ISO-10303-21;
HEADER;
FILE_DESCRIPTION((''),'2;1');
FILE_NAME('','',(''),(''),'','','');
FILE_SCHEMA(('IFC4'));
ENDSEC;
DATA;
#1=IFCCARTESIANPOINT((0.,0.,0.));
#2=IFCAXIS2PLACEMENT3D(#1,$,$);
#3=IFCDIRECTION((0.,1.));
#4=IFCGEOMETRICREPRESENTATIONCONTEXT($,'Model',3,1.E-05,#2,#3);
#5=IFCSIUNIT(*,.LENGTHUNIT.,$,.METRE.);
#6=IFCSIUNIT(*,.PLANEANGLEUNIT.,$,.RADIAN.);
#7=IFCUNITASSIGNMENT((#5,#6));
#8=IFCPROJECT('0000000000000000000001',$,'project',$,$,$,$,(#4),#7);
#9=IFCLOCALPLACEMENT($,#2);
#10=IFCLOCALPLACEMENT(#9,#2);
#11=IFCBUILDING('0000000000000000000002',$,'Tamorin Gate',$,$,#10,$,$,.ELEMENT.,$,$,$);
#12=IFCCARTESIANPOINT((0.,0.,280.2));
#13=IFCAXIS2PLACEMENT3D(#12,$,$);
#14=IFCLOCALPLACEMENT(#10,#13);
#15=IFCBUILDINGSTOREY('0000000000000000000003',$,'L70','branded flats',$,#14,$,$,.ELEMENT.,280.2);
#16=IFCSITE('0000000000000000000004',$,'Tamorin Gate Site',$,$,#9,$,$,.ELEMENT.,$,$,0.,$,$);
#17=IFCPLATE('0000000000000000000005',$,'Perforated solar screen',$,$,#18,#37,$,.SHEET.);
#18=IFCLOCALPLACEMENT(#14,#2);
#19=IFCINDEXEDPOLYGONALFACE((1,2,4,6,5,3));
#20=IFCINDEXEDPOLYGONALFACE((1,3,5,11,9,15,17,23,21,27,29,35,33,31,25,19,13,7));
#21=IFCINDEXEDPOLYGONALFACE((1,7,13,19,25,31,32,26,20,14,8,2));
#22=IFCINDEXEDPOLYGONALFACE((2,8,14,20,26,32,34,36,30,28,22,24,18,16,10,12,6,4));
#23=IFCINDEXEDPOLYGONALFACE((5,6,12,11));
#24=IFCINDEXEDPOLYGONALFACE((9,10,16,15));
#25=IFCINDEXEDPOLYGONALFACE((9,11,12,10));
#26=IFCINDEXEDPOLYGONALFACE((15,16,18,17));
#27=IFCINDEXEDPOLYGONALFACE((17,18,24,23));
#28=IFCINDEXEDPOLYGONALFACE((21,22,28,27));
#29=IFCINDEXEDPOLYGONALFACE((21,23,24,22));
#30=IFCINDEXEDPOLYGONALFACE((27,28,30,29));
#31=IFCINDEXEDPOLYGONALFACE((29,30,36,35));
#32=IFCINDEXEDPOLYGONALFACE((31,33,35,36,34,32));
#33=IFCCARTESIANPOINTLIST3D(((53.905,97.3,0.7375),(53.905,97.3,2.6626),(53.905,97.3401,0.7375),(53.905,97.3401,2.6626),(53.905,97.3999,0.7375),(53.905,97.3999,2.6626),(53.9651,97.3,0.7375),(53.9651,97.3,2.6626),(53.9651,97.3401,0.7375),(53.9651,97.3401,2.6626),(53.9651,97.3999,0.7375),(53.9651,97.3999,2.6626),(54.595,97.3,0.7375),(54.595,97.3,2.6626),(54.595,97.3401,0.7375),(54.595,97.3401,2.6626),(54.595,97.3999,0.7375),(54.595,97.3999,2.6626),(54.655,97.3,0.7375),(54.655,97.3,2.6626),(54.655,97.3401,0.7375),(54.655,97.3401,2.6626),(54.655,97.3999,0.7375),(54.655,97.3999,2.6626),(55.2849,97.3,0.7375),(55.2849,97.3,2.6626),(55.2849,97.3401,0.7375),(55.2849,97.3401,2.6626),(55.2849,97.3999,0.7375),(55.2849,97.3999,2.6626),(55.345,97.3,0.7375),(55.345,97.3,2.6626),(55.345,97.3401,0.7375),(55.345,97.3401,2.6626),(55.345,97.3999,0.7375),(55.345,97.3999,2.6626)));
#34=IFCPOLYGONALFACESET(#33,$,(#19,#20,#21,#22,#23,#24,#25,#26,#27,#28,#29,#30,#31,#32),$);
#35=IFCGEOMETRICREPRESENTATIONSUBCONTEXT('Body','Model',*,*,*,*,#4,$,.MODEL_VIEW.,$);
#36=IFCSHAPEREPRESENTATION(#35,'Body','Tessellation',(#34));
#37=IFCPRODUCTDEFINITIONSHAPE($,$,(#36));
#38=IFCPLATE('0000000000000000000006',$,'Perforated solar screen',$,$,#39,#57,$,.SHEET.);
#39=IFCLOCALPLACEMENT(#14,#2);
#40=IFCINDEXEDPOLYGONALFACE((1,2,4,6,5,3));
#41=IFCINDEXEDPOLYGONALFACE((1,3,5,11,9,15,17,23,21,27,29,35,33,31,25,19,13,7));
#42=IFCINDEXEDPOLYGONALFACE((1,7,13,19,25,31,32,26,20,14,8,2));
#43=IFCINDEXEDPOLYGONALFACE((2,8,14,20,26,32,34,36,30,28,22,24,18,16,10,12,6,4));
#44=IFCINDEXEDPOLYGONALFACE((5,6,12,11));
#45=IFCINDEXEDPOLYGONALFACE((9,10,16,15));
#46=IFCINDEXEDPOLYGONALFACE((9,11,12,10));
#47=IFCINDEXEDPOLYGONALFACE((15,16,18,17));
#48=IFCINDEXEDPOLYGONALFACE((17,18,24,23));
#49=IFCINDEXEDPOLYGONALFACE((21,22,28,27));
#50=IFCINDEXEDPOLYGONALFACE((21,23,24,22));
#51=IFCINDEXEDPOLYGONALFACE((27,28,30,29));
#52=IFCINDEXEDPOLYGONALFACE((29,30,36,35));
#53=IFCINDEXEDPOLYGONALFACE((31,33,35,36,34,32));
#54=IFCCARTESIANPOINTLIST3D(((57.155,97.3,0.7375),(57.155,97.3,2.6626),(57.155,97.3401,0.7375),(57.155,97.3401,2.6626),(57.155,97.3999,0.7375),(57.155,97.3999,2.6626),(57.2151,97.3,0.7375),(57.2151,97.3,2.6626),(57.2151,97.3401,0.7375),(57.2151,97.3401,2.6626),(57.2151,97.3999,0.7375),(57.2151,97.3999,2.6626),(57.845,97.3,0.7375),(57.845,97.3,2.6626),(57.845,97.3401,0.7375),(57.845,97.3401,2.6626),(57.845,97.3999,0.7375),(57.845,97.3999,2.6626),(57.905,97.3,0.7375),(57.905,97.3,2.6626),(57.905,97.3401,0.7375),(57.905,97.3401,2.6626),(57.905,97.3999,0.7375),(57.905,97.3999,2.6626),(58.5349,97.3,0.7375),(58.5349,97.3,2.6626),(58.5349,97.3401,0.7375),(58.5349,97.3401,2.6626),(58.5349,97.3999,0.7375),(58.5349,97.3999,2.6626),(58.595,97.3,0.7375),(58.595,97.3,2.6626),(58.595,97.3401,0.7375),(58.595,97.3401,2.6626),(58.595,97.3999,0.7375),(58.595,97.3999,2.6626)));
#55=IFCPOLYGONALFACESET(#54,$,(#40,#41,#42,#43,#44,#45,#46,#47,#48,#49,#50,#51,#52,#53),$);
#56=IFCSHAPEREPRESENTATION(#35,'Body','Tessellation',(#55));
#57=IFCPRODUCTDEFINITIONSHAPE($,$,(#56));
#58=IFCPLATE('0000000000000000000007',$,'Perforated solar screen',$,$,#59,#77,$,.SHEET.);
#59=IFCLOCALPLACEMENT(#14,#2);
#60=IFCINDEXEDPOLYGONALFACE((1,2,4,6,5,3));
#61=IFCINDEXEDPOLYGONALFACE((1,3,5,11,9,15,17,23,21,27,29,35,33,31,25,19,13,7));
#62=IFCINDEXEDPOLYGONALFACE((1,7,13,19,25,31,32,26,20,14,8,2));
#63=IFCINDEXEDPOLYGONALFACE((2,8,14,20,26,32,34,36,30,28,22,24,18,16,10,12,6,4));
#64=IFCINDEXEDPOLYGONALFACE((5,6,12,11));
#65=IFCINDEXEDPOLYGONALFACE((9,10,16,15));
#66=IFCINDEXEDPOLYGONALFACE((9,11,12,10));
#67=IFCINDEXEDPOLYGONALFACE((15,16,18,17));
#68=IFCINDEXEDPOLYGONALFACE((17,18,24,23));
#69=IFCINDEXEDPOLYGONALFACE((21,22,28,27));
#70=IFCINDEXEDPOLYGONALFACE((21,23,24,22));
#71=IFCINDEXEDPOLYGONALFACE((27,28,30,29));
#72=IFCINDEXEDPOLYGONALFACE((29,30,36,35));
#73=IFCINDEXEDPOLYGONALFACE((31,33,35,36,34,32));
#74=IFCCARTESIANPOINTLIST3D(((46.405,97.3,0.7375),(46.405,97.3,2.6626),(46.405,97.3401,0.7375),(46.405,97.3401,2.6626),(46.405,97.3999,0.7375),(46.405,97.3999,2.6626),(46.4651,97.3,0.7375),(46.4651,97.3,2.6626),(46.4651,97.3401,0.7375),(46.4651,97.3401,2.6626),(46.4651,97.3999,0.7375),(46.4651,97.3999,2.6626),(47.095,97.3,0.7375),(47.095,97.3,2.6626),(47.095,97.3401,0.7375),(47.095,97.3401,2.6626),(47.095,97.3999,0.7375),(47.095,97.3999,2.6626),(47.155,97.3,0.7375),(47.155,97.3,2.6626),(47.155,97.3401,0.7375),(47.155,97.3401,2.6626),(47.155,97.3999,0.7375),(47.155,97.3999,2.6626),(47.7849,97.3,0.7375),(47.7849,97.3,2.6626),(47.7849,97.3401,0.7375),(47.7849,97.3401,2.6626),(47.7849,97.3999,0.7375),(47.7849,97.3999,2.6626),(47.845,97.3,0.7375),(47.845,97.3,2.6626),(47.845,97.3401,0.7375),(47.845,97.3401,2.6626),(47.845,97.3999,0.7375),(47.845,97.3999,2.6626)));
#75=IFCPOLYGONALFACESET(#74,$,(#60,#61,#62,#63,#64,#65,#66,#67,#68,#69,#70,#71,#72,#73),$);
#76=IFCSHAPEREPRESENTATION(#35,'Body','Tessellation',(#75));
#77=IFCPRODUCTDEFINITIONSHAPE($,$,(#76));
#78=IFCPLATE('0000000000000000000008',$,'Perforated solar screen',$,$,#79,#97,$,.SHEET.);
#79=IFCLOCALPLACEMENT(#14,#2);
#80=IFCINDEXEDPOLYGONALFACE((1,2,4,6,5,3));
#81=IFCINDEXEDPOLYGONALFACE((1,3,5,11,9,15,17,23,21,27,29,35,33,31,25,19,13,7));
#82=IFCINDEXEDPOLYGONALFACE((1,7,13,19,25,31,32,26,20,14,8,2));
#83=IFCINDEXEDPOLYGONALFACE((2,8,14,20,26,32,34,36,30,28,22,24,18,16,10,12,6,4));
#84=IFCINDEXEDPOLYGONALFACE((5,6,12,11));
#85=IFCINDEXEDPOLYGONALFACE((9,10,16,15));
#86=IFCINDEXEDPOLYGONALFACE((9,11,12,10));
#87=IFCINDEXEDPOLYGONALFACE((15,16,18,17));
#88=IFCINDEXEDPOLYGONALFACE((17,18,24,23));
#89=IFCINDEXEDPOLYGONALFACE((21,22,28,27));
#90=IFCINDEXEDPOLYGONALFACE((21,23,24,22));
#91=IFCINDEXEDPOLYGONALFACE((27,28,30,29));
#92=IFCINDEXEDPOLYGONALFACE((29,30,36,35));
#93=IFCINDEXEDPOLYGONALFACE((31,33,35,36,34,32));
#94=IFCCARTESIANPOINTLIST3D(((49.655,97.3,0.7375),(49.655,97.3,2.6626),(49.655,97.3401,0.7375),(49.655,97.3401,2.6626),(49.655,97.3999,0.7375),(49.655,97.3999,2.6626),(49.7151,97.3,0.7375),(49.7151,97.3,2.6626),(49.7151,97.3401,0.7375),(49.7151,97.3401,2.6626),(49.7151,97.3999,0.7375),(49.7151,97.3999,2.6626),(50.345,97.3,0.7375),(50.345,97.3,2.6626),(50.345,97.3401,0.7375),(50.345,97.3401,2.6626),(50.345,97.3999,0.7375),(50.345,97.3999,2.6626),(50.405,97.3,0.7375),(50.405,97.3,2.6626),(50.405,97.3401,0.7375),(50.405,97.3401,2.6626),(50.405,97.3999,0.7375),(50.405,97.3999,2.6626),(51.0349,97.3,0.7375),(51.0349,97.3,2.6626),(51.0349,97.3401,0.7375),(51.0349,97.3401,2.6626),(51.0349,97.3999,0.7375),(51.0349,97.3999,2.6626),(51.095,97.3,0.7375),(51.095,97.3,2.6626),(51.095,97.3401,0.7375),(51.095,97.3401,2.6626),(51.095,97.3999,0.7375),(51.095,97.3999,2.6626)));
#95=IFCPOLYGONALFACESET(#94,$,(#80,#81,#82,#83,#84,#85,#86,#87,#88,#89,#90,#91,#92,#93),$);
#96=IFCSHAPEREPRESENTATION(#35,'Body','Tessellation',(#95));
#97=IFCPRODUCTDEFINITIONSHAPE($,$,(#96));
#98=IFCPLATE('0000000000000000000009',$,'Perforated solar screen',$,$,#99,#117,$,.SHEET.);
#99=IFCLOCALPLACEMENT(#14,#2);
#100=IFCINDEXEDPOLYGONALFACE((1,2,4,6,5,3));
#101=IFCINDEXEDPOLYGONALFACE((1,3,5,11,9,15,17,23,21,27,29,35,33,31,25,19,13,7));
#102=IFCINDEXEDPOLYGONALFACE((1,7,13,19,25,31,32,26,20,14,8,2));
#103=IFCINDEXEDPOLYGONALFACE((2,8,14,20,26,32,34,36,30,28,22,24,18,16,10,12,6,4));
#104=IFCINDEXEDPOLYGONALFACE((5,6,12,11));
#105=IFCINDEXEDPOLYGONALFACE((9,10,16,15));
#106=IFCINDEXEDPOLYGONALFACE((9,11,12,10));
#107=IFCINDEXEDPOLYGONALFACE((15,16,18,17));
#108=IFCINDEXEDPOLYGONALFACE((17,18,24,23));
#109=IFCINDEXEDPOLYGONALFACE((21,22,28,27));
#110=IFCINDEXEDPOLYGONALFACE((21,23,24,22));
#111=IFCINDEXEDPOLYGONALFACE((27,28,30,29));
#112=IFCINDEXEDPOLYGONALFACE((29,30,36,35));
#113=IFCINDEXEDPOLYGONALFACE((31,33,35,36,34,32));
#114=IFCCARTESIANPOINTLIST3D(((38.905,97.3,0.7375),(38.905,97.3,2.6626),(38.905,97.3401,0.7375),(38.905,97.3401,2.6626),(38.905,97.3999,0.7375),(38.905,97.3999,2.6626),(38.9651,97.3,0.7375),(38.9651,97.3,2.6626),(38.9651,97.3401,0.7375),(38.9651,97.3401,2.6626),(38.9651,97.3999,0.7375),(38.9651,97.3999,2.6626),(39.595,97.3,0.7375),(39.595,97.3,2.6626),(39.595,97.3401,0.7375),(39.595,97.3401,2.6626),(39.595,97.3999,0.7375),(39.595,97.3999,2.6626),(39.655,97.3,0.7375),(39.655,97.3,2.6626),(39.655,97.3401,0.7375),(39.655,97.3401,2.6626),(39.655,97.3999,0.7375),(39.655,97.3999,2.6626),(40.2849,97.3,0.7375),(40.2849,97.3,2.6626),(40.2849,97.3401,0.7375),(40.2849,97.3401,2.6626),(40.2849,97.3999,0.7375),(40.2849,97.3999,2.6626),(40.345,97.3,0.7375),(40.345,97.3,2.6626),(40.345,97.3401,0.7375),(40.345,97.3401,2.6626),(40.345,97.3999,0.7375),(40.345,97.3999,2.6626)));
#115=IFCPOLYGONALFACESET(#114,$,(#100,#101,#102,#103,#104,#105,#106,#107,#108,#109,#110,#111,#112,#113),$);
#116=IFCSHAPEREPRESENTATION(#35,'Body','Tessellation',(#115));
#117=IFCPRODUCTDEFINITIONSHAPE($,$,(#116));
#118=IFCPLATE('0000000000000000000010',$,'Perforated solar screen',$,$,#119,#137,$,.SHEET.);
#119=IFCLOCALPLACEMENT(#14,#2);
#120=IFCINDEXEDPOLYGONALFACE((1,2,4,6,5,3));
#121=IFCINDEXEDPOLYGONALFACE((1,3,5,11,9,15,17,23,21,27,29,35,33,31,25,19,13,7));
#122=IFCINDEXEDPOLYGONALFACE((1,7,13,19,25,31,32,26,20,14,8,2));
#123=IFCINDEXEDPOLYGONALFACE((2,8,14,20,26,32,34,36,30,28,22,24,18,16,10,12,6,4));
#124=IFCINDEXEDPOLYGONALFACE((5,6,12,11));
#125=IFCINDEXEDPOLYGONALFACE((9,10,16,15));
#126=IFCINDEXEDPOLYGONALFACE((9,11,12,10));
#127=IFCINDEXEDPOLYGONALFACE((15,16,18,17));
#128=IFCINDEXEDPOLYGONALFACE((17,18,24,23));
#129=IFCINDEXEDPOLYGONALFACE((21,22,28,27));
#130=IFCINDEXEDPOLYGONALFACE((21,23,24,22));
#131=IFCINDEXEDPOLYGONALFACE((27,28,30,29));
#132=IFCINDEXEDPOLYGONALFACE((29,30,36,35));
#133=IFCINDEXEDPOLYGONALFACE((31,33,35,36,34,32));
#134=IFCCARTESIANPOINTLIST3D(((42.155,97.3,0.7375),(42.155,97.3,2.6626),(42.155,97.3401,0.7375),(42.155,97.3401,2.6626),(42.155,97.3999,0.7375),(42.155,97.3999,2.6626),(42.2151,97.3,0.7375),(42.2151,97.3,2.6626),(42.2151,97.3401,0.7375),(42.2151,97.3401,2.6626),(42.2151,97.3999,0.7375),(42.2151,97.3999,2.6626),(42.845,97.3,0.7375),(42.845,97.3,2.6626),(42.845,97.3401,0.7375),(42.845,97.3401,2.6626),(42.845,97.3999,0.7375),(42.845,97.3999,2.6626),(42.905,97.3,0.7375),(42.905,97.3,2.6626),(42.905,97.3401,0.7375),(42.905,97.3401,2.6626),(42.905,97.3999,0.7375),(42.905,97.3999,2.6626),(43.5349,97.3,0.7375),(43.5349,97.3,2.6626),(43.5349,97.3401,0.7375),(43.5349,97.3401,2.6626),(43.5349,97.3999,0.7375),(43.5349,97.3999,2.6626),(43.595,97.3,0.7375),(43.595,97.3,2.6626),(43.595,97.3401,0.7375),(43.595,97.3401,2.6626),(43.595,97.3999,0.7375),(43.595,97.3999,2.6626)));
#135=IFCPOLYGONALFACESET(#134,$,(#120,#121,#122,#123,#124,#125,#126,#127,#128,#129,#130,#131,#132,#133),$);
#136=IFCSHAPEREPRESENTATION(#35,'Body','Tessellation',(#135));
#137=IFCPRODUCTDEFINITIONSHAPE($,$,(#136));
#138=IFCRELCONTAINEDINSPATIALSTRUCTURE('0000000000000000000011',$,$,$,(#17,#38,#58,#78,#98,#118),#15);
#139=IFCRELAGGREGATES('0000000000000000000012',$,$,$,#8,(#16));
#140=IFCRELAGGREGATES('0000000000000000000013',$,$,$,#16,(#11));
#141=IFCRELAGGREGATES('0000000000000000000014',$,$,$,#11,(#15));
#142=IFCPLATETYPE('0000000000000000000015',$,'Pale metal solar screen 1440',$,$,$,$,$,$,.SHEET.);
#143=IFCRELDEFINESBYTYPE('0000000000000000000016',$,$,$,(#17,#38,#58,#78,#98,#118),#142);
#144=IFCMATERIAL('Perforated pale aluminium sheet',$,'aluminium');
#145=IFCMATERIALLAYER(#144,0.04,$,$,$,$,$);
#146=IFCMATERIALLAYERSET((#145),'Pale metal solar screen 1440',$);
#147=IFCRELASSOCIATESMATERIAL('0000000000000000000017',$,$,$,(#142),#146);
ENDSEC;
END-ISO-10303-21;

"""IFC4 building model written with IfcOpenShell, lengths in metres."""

from ifc_helpers import new_model, si_unit, direction, frame, origin, place, context, subcontext, project, spatial, polyline, outline, extrude, material, layer, layer_set, type_object, element, save


model = new_model("IFC4")

# Units and contexts
model_context = context("Model", 3, precision=1e-05, world=origin(), true_north=direction((0.0, 1.0)))
body_context = subcontext(model_context, "Body", "Model", "MODEL_VIEW")
ifc_project = project(units=[si_unit("LENGTHUNIT", "METRE"), si_unit("PLANEANGLEUNIT", "RADIAN")], contexts=[model_context])

# Site, building, storey
site_placement = place(None, origin())
site = spatial("IfcSite", under=ifc_project, at=site_placement, Name="Tamorin Gate Site", CompositionType="ELEMENT", RefElevation=0.0)
building_placement = place(site_placement, origin())
building = spatial("IfcBuilding", under=site, at=building_placement, Name="Tamorin Gate", CompositionType="ELEMENT")
storey_placement = place(building_placement, frame((0.0, 0.0, 280.2)))
storey = spatial("IfcBuildingStorey", under=building, at=storey_placement, Name="L70", Description="branded flats", CompositionType="ELEMENT", Elevation=280.2)

# Plates
ifc_material_1 = material(Name="Perforated pale aluminium sheet", Category="aluminium")
ifc_layer_1 = layer(ifc_material_1, 0.04)
ifc_layer_set_1 = layer_set([ifc_layer_1], Name="Pale metal solar screen 1440")
plate_type = type_object("IfcPlateType", Name="Pale metal solar screen 1440", PredefinedType="SHEET", material=ifc_layer_set_1)
plate_1_placement = place(storey_placement, frame((0.0, 0.0, 0.7375)))
element("IfcPlate", 1, at=plate_1_placement, inside=storey, type_object=plate_type, Name="Perforated solar screen", PredefinedType="SHEET", context=body_context, shape_type="SweptSolid", body=[
    extrude(outline(polyline([(55.345, 97.3401), (55.345, 97.3), (55.2849, 97.3), (54.655, 97.3), (54.595, 97.3), (53.9651, 97.3), (53.905, 97.3), (53.905, 97.3401), (53.905, 97.3999), (53.9651, 97.3999), (53.9651, 97.3401), (54.595, 97.3401), (54.595, 97.3999), (54.655, 97.3999), (54.655, 97.3401), (55.2849, 97.3401), (55.2849, 97.3999), (55.345, 97.3999), (55.345, 97.3401)])), origin(), (0.0, 0.0, 1.0), 1.925),
])
plate_2_placement = place(storey_placement, frame((0.0, 0.0, 0.7375)))
element("IfcPlate", 2, at=plate_2_placement, inside=storey, type_object=plate_type, Name="Perforated solar screen", PredefinedType="SHEET", context=body_context, shape_type="SweptSolid", body=[
    extrude(outline(polyline([(58.595, 97.3401), (58.595, 97.3), (58.5349, 97.3), (57.905, 97.3), (57.845, 97.3), (57.2151, 97.3), (57.155, 97.3), (57.155, 97.3401), (57.155, 97.3999), (57.2151, 97.3999), (57.2151, 97.3401), (57.845, 97.3401), (57.845, 97.3999), (57.905, 97.3999), (57.905, 97.3401), (58.5349, 97.3401), (58.5349, 97.3999), (58.595, 97.3999), (58.595, 97.3401)])), origin(), (0.0, 0.0, 1.0), 1.925),
])
plate_3_placement = place(storey_placement, frame((0.0, 0.0, 0.7375)))
element("IfcPlate", 3, at=plate_3_placement, inside=storey, type_object=plate_type, Name="Perforated solar screen", PredefinedType="SHEET", context=body_context, shape_type="SweptSolid", body=[
    extrude(outline(polyline([(47.845, 97.3401), (47.845, 97.3), (47.7849, 97.3), (47.155, 97.3), (47.095, 97.3), (46.4651, 97.3), (46.405, 97.3), (46.405, 97.3401), (46.405, 97.3999), (46.4651, 97.3999), (46.4651, 97.3401), (47.095, 97.3401), (47.095, 97.3999), (47.155, 97.3999), (47.155, 97.3401), (47.7849, 97.3401), (47.7849, 97.3999), (47.845, 97.3999), (47.845, 97.3401)])), origin(), (0.0, 0.0, 1.0), 1.925),
])
plate_4_placement = place(storey_placement, frame((0.0, 0.0, 0.7375)))
element("IfcPlate", 4, at=plate_4_placement, inside=storey, type_object=plate_type, Name="Perforated solar screen", PredefinedType="SHEET", context=body_context, shape_type="SweptSolid", body=[
    extrude(outline(polyline([(51.095, 97.3401), (51.095, 97.3), (51.0349, 97.3), (50.405, 97.3), (50.345, 97.3), (49.7151, 97.3), (49.655, 97.3), (49.655, 97.3401), (49.655, 97.3999), (49.7151, 97.3999), (49.7151, 97.3401), (50.345, 97.3401), (50.345, 97.3999), (50.405, 97.3999), (50.405, 97.3401), (51.0349, 97.3401), (51.0349, 97.3999), (51.095, 97.3999), (51.095, 97.3401)])), origin(), (0.0, 0.0, 1.0), 1.925),
])
plate_5_placement = place(storey_placement, frame((0.0, 0.0, 0.7375)))
element("IfcPlate", 5, at=plate_5_placement, inside=storey, type_object=plate_type, Name="Perforated solar screen", PredefinedType="SHEET", context=body_context, shape_type="SweptSolid", body=[
    extrude(outline(polyline([(40.345, 97.3401), (40.345, 97.3), (40.2849, 97.3), (39.655, 97.3), (39.595, 97.3), (38.9651, 97.3), (38.905, 97.3), (38.905, 97.3401), (38.905, 97.3999), (38.9651, 97.3999), (38.9651, 97.3401), (39.595, 97.3401), (39.595, 97.3999), (39.655, 97.3999), (39.655, 97.3401), (40.2849, 97.3401), (40.2849, 97.3999), (40.345, 97.3999), (40.345, 97.3401)])), origin(), (0.0, 0.0, 1.0), 1.925),
])
plate_6_placement = place(storey_placement, frame((0.0, 0.0, 0.7375)))
element("IfcPlate", 6, at=plate_6_placement, inside=storey, type_object=plate_type, Name="Perforated solar screen", PredefinedType="SHEET", context=body_context, shape_type="SweptSolid", body=[
    extrude(outline(polyline([(43.595, 97.3401), (43.595, 97.3), (43.5349, 97.3), (42.905, 97.3), (42.845, 97.3), (42.2151, 97.3), (42.155, 97.3), (42.155, 97.3401), (42.155, 97.3999), (42.2151, 97.3999), (42.2151, 97.3401), (42.845, 97.3401), (42.845, 97.3999), (42.905, 97.3999), (42.905, 97.3401), (43.5349, 97.3401), (43.5349, 97.3999), (43.595, 97.3999), (43.595, 97.3401)])), origin(), (0.0, 0.0, 1.0), 1.925),
])

save(model, "model.ifc")
